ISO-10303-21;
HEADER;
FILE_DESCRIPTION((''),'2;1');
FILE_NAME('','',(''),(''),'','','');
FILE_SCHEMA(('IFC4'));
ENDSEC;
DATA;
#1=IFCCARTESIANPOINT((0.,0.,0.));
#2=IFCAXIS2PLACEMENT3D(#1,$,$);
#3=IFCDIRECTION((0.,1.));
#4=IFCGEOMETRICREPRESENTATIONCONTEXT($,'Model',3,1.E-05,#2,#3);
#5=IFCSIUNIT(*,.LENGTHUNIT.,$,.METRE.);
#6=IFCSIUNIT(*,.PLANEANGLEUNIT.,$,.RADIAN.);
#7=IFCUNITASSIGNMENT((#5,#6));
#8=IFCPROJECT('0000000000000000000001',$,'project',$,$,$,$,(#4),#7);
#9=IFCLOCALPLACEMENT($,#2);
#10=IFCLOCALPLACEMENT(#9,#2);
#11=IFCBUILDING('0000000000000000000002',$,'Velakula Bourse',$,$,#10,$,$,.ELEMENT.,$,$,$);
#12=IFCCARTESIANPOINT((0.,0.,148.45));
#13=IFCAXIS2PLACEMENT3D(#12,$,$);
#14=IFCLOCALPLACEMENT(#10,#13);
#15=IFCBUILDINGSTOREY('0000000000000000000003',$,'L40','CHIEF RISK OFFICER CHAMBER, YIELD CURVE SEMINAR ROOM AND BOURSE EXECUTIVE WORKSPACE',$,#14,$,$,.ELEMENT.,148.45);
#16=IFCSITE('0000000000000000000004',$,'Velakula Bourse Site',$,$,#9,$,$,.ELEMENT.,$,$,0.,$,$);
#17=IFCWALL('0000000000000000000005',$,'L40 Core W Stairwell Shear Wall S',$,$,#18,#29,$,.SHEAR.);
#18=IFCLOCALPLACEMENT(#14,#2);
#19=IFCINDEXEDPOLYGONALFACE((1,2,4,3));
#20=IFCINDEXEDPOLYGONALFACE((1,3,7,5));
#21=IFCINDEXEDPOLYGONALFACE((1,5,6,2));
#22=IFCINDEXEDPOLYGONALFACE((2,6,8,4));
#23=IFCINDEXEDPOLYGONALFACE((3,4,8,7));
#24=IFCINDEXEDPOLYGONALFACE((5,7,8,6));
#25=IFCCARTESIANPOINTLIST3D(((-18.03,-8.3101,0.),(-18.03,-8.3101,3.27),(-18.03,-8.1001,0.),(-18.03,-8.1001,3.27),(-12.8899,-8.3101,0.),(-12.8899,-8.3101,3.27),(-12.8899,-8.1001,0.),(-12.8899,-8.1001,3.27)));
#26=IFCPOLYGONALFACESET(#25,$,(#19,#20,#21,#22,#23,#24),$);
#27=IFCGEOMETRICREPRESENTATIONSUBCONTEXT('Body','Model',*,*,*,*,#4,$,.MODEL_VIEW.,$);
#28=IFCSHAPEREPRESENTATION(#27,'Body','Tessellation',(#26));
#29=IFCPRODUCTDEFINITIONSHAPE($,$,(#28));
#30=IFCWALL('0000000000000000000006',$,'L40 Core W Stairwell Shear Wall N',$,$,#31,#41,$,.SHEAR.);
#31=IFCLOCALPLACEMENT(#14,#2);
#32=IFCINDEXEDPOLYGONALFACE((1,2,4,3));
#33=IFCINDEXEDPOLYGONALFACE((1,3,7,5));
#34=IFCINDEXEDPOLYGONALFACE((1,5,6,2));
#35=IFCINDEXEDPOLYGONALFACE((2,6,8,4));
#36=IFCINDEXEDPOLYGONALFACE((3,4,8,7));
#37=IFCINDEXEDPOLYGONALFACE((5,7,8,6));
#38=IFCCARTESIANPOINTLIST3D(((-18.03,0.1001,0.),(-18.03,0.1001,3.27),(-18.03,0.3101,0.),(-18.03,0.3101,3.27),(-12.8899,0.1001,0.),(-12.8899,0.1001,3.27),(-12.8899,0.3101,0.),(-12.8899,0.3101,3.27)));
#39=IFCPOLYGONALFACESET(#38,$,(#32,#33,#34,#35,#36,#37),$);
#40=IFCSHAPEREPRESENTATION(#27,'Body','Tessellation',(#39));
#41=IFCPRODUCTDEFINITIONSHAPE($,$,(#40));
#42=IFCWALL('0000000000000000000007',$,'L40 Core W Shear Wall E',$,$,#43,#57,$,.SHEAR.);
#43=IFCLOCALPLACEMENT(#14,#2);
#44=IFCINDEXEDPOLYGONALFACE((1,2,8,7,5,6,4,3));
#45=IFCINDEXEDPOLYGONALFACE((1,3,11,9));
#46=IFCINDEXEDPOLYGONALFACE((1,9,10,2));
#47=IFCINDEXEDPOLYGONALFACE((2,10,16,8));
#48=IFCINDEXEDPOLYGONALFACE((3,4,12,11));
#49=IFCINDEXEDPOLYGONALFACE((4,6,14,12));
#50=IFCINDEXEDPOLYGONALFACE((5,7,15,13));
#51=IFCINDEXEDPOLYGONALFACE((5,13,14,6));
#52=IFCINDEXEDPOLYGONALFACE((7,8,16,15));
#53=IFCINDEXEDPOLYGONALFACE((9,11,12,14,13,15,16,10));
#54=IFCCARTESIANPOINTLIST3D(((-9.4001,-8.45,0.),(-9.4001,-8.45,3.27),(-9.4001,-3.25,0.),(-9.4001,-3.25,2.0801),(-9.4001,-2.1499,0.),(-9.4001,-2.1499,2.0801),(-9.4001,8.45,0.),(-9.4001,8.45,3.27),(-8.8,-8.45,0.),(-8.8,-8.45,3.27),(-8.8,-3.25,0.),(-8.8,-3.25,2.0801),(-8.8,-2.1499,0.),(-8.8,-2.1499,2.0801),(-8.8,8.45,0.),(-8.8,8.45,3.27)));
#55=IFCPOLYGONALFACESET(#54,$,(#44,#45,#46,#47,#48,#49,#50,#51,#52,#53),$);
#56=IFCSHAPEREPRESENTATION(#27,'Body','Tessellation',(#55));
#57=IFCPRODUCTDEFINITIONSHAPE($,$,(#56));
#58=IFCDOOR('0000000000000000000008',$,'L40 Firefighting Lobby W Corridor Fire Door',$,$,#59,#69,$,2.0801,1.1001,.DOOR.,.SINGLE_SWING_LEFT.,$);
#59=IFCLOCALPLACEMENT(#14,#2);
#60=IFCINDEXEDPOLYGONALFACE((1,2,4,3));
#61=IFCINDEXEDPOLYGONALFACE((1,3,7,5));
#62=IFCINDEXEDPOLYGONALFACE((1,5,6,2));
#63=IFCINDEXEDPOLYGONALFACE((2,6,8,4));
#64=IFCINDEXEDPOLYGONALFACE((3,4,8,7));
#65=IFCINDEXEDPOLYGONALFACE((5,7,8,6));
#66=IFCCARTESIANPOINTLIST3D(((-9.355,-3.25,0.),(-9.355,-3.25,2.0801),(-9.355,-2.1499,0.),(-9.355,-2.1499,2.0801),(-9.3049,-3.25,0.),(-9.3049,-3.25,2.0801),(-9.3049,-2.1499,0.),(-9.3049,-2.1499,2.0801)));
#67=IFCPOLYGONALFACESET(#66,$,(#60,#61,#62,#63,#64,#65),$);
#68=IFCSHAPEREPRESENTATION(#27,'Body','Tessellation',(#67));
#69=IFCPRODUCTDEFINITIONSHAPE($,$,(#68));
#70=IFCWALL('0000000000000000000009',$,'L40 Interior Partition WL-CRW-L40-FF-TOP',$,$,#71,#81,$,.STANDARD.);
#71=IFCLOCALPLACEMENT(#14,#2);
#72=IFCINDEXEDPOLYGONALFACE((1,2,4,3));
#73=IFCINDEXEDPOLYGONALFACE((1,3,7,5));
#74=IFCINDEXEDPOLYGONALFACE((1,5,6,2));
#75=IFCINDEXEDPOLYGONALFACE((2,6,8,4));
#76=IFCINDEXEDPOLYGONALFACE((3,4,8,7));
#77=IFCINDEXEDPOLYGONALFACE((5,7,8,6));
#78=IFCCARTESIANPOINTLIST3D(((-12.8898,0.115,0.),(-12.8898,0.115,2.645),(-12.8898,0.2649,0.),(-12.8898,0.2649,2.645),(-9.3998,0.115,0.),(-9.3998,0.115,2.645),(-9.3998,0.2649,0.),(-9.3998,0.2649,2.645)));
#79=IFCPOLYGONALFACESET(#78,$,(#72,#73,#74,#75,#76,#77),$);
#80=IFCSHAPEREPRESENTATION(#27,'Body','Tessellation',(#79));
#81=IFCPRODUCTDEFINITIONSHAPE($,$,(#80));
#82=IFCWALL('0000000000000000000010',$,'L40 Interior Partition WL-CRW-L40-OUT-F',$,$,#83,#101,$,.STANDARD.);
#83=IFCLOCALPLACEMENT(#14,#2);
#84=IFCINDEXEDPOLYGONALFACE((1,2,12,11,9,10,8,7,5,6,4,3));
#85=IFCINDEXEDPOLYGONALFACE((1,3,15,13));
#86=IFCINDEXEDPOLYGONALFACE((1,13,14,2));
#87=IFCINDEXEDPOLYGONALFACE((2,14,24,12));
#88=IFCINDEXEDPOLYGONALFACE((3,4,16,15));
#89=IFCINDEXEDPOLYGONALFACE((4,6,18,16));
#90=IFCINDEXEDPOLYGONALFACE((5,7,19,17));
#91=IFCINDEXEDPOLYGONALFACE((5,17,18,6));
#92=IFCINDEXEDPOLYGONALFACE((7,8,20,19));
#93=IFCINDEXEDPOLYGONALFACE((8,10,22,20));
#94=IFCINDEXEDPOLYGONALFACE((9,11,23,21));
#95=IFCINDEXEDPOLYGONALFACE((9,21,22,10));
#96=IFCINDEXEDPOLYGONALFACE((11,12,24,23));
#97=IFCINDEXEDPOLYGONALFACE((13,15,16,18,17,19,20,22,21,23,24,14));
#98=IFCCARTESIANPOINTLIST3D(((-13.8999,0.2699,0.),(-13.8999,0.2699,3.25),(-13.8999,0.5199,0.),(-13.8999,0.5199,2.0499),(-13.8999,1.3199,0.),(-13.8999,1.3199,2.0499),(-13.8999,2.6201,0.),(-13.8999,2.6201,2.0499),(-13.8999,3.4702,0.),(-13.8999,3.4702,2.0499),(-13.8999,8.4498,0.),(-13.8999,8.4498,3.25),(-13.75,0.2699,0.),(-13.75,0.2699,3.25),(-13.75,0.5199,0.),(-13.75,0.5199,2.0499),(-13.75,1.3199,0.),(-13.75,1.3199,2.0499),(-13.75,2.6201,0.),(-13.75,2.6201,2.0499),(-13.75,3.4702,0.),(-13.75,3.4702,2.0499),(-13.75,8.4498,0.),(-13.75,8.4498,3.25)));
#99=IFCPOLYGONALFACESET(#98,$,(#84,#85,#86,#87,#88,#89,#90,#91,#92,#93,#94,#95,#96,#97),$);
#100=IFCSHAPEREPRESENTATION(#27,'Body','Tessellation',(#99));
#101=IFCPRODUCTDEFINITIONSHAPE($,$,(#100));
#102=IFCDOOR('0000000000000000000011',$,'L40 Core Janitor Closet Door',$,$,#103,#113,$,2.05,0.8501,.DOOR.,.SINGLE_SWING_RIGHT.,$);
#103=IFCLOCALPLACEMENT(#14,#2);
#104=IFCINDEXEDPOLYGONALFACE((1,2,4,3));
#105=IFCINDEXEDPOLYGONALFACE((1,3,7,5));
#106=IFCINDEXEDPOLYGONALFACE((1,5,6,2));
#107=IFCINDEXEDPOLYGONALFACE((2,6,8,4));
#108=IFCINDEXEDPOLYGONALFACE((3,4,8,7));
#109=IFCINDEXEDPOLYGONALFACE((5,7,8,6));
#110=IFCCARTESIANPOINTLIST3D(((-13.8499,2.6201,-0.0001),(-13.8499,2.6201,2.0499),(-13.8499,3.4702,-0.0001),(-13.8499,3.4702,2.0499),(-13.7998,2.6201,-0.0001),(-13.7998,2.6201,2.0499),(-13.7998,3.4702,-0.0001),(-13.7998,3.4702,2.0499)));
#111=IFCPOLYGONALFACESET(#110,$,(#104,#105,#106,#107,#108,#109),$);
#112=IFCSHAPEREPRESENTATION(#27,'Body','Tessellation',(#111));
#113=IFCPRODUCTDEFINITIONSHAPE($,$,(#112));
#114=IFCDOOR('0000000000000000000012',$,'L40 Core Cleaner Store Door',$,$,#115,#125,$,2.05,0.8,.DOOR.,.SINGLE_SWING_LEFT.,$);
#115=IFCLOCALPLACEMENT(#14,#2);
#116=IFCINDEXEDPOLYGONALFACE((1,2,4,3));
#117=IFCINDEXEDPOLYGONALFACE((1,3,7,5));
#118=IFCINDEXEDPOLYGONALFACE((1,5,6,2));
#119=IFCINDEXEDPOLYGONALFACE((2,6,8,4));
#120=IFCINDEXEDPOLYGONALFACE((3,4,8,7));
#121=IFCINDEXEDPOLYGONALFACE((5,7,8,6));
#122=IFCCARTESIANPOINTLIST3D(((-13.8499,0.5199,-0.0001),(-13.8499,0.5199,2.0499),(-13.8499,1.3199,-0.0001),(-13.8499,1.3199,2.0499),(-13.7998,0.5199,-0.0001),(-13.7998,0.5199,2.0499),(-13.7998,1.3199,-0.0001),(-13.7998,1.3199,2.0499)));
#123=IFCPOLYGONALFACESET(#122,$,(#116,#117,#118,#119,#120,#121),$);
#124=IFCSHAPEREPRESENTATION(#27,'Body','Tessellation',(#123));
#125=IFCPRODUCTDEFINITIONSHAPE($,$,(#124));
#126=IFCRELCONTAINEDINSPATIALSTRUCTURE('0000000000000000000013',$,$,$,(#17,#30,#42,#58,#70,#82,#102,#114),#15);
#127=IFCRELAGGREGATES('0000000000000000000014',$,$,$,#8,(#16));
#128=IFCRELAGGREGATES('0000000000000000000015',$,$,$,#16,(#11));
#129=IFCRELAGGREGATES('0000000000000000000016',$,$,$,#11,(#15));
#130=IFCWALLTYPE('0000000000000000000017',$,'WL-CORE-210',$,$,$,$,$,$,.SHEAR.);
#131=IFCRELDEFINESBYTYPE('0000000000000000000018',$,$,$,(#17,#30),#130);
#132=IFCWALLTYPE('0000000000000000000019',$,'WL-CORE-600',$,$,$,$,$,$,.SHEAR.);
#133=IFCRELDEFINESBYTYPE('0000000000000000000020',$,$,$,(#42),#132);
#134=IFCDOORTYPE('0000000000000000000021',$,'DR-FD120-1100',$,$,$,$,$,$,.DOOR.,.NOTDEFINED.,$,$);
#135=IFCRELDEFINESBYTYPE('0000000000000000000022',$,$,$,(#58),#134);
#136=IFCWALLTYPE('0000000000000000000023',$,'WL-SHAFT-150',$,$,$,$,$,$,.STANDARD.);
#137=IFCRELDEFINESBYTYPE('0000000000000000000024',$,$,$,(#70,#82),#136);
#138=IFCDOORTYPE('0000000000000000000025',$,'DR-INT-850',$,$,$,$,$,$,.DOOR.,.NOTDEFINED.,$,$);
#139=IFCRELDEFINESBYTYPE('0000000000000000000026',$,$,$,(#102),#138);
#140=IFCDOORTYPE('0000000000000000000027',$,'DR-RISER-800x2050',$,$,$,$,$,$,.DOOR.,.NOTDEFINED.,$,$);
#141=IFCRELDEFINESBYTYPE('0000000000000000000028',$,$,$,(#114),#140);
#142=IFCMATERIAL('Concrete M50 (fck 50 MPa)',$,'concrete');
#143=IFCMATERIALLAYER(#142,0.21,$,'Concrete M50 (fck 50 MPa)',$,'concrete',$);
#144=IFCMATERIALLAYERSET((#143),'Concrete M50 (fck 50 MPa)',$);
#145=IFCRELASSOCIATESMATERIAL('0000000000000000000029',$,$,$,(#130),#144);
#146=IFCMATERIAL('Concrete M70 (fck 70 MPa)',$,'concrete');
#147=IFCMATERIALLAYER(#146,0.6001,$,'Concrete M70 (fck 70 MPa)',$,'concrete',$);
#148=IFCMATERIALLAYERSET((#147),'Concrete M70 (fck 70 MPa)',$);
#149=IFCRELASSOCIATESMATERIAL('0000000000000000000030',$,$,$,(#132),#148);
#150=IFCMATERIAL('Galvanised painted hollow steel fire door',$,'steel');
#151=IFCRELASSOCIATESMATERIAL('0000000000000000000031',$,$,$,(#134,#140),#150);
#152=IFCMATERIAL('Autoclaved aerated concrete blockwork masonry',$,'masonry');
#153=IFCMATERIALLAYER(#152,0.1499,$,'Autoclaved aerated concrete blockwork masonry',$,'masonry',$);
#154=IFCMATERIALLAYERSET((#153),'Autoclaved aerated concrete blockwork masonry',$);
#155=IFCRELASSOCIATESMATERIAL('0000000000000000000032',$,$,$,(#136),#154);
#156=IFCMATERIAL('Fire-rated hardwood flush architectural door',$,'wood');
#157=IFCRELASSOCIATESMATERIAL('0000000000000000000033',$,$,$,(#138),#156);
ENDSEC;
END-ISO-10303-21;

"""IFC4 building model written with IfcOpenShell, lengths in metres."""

from ifc_helpers import new_model, si_unit, direction, frame, frame_2d, origin, place, context, subcontext, project, spatial, rectangle, extrude, material, layer, layer_set, type_object, element, fill, save


model = new_model("IFC4")

# Units and contexts
model_context = context("Model", 3, precision=1e-05, world=origin(), true_north=direction((0.0, 1.0)))
body_context = subcontext(model_context, "Body", "Model", "MODEL_VIEW")
ifc_project = project(units=[si_unit("LENGTHUNIT", "METRE"), si_unit("PLANEANGLEUNIT", "RADIAN")], contexts=[model_context])

# Site, building, storey
site_placement = place(None, origin())
site = spatial("IfcSite", under=ifc_project, at=site_placement, Name="Velakula Bourse Site", CompositionType="ELEMENT", RefElevation=0.0)
building_placement = place(site_placement, origin())
building = spatial("IfcBuilding", under=site, at=building_placement, Name="Velakula Bourse", CompositionType="ELEMENT")
storey_placement = place(building_placement, frame((0.0, 0.0, 148.45)))
storey = spatial("IfcBuildingStorey", under=building, at=storey_placement, Name="L40", Description="CHIEF RISK OFFICER CHAMBER, YIELD CURVE SEMINAR ROOM AND BOURSE EXECUTIVE WORKSPACE", CompositionType="ELEMENT", Elevation=148.45)

# Shared definitions
ifc_material_1 = material(Name="Concrete M70 (fck 70 MPa)", Category="concrete")

# Shared definitions
ifc_material_2 = material(Name="Concrete M50 (fck 50 MPa)", Category="concrete")
ifc_layer_1 = layer(ifc_material_2, 0.21, Name="Concrete M50 (fck 50 MPa)", Category="concrete")
ifc_layer_set_1 = layer_set([ifc_layer_1], Name="Concrete M50 (fck 50 MPa)")
wall_type_1 = type_object("IfcWallType", Name="WL-CORE-210", PredefinedType="SHEAR", material=ifc_layer_set_1)
ifc_material_3 = material(Name="Galvanised painted hollow steel fire door", Category="steel")

# Walls
for number, where, z_axis, x_axis, name in (
    (1, (-18.03, -8.2051, 0.0), (0.0, 0.0, 1.0), (1.0, 0.0, 0.0), "L40 Core W Stairwell Shear Wall S"),
    (2, (-12.8899, 0.2051, 0.0), (0.0, 0.0, 1.0), (-1.0, 0.0, 0.0), "L40 Core W Stairwell Shear Wall N"),
):
    element("IfcWall", number, at=place(storey_placement, frame(where, z_axis=z_axis, x_axis=x_axis)), inside=storey, type_object=wall_type_1, Name=name, PredefinedType="SHEAR", context=body_context, shape_type="SweptSolid", body=[
        extrude(rectangle(XDim=5.1401, YDim=0.21, at=frame_2d((2.5701, 0.0))), origin(), (0.0, 0.0, 1.0), 3.27),
    ])

# Wall, opening, door
ifc_layer_2 = layer(ifc_material_1, 0.6001, Name="Concrete M70 (fck 70 MPa)", Category="concrete")
ifc_layer_set_2 = layer_set([ifc_layer_2], Name="Concrete M70 (fck 70 MPa)")
wall_type_2 = type_object("IfcWallType", Name="WL-CORE-600", PredefinedType="SHEAR", material=ifc_layer_set_2)
wall_1_placement = place(storey_placement, frame((-9.1001, -8.45, 0.0), z_axis=(0.0, 0.0, 1.0), x_axis=(0.0, 1.0, 0.0)))
wall_1 = element("IfcWall", 3, at=wall_1_placement, inside=storey, type_object=wall_type_2, Name="L40 Core W Shear Wall E", PredefinedType="SHEAR", context=body_context, shape_type="SweptSolid", body=[
    extrude(rectangle(XDim=16.8999, YDim=0.6001, at=frame_2d((8.45, 0.0))), origin(), (0.0, 0.0, 1.0), 3.27),
])
opening_1_placement = place(wall_1_placement, frame((5.2, 0.0, 0.0)))
opening_1 = element("IfcOpeningElement", 4, at=opening_1_placement, cuts=wall_1, PredefinedType="OPENING", context=body_context, shape_type="SweptSolid", body=[
    extrude(rectangle(XDim=1.1001, YDim=2.0801, at=frame_2d((0.55, 1.04))), frame((0.0, 0.3101, 0.0), z_axis=(0.0, -1.0, 0.0), x_axis=(1.0, 0.0, 0.0)), (0.0, 0.0, 1.0), 0.6201),
])
door_type_1 = type_object("IfcDoorType", Name="DR-FD120-1100", OperationType="NOTDEFINED", PredefinedType="DOOR", material=ifc_material_3)
door_1_placement = place(opening_1_placement, origin())
door_1 = element("IfcDoor", 5, at=door_1_placement, inside=storey, type_object=door_type_1, Name="L40 Firefighting Lobby W Corridor Fire Door", OperationType="SINGLE_SWING_LEFT", OverallHeight=2.0801, OverallWidth=1.1001, PredefinedType="DOOR", context=body_context, shape_type="SweptSolid", body=[
    extrude(rectangle(XDim=1.1001, YDim=2.0801, at=frame_2d((0.55, 1.04))), frame((0.0, 0.2549, 0.0), z_axis=(0.0, -1.0, 0.0), x_axis=(1.0, 0.0, 0.0)), (0.0, 0.0, 1.0), 0.05),
])
fill(opening_1, door_1)

# Shared definitions
ifc_material_4 = material(Name="Autoclaved aerated concrete blockwork masonry", Category="masonry")
ifc_layer_3 = layer(ifc_material_4, 0.1499, Name="Autoclaved aerated concrete blockwork masonry", Category="masonry")
ifc_layer_set_3 = layer_set([ifc_layer_3], Name="Autoclaved aerated concrete blockwork masonry")
wall_type_3 = type_object("IfcWallType", Name="WL-SHAFT-150", PredefinedType="STANDARD", material=ifc_layer_set_3)

# Wall
wall_2_placement = place(storey_placement, frame((-12.8899, 0.1899, 0.0), z_axis=(0.0, 0.0, 1.0), x_axis=(1.0, 0.0, 0.0)))
element("IfcWall", 6, at=wall_2_placement, inside=storey, type_object=wall_type_3, Name="L40 Interior Partition WL-CRW-L40-FF-TOP", PredefinedType="STANDARD", context=body_context, shape_type="SweptSolid", body=[
    extrude(rectangle(XDim=3.49, YDim=0.1499, at=frame_2d((1.7451, 0.0))), origin(), (0.0, 0.0, 1.0), 2.645),
])

# Wall, openings, doors
wall_3_placement = place(storey_placement, frame((-13.825, 0.27, 0.0), z_axis=(0.0, 0.0, 1.0), x_axis=(0.0, 1.0, 0.0)))
wall_3 = element("IfcWall", 7, at=wall_3_placement, inside=storey, type_object=wall_type_3, Name="L40 Interior Partition WL-CRW-L40-OUT-F", PredefinedType="STANDARD", context=body_context, shape_type="SweptSolid", body=[
    extrude(rectangle(XDim=8.1799, YDim=0.1499, at=frame_2d((4.0898, 0.0))), origin(), (0.0, 0.0, 1.0), 3.25),
])
opening_2_placement = place(wall_3_placement, frame((0.25, 0.0, 0.0)))
opening_2 = element("IfcOpeningElement", 8, at=opening_2_placement, cuts=wall_3, PredefinedType="OPENING", context=body_context, shape_type="SweptSolid", body=[
    extrude(rectangle(XDim=0.8, YDim=2.05, at=frame_2d((0.3999, 1.0249))), frame((0.0, 0.085, 0.0), z_axis=(0.0, -1.0, 0.0), x_axis=(1.0, 0.0, 0.0)), (0.0, 0.0, 1.0), 0.1699),
])
opening_3_placement = place(wall_3_placement, frame((2.3501, 0.0, 0.0)))
opening_3 = element("IfcOpeningElement", 9, at=opening_3_placement, cuts=wall_3, PredefinedType="OPENING", context=body_context, shape_type="SweptSolid", body=[
    extrude(rectangle(XDim=0.8501, YDim=2.05, at=frame_2d((0.425, 1.0249))), frame((0.0, 0.085, 0.0), z_axis=(0.0, -1.0, 0.0), x_axis=(1.0, 0.0, 0.0)), (0.0, 0.0, 1.0), 0.1699),
])
ifc_material_5 = material(Name="Fire-rated hardwood flush architectural door", Category="wood")
door_type_2 = type_object("IfcDoorType", Name="DR-INT-850", OperationType="NOTDEFINED", PredefinedType="DOOR", material=ifc_material_5)
door_2_placement = place(opening_3_placement, origin())
door_2 = element("IfcDoor", 10, at=door_2_placement, inside=storey, type_object=door_type_2, Name="L40 Core Janitor Closet Door", OperationType="SINGLE_SWING_RIGHT", OverallHeight=2.05, OverallWidth=0.8501, PredefinedType="DOOR", context=body_context, shape_type="SweptSolid", body=[
    extrude(rectangle(XDim=0.8501, YDim=2.05, at=frame_2d((0.425, 1.0249))), frame((0.0, 0.0249, 0.0), z_axis=(0.0, -1.0, 0.0), x_axis=(1.0, 0.0, 0.0)), (0.0, 0.0, 1.0), 0.05),
])
fill(opening_3, door_2)
door_type_3 = type_object("IfcDoorType", Name="DR-RISER-800x2050", OperationType="NOTDEFINED", PredefinedType="DOOR", material=ifc_material_3)
door_3_placement = place(opening_2_placement, origin())
door_3 = element("IfcDoor", 11, at=door_3_placement, inside=storey, type_object=door_type_3, Name="L40 Core Cleaner Store Door", OperationType="SINGLE_SWING_LEFT", OverallHeight=2.05, OverallWidth=0.8, PredefinedType="DOOR", context=body_context, shape_type="SweptSolid", body=[
    extrude(rectangle(XDim=0.8, YDim=2.05, at=frame_2d((0.3999, 1.0249))), frame((0.0, 0.0249, 0.0), z_axis=(0.0, -1.0, 0.0), x_axis=(1.0, 0.0, 0.0)), (0.0, 0.0, 1.0), 0.05),
])
fill(opening_2, door_3)

save(model, "model.ifc")
